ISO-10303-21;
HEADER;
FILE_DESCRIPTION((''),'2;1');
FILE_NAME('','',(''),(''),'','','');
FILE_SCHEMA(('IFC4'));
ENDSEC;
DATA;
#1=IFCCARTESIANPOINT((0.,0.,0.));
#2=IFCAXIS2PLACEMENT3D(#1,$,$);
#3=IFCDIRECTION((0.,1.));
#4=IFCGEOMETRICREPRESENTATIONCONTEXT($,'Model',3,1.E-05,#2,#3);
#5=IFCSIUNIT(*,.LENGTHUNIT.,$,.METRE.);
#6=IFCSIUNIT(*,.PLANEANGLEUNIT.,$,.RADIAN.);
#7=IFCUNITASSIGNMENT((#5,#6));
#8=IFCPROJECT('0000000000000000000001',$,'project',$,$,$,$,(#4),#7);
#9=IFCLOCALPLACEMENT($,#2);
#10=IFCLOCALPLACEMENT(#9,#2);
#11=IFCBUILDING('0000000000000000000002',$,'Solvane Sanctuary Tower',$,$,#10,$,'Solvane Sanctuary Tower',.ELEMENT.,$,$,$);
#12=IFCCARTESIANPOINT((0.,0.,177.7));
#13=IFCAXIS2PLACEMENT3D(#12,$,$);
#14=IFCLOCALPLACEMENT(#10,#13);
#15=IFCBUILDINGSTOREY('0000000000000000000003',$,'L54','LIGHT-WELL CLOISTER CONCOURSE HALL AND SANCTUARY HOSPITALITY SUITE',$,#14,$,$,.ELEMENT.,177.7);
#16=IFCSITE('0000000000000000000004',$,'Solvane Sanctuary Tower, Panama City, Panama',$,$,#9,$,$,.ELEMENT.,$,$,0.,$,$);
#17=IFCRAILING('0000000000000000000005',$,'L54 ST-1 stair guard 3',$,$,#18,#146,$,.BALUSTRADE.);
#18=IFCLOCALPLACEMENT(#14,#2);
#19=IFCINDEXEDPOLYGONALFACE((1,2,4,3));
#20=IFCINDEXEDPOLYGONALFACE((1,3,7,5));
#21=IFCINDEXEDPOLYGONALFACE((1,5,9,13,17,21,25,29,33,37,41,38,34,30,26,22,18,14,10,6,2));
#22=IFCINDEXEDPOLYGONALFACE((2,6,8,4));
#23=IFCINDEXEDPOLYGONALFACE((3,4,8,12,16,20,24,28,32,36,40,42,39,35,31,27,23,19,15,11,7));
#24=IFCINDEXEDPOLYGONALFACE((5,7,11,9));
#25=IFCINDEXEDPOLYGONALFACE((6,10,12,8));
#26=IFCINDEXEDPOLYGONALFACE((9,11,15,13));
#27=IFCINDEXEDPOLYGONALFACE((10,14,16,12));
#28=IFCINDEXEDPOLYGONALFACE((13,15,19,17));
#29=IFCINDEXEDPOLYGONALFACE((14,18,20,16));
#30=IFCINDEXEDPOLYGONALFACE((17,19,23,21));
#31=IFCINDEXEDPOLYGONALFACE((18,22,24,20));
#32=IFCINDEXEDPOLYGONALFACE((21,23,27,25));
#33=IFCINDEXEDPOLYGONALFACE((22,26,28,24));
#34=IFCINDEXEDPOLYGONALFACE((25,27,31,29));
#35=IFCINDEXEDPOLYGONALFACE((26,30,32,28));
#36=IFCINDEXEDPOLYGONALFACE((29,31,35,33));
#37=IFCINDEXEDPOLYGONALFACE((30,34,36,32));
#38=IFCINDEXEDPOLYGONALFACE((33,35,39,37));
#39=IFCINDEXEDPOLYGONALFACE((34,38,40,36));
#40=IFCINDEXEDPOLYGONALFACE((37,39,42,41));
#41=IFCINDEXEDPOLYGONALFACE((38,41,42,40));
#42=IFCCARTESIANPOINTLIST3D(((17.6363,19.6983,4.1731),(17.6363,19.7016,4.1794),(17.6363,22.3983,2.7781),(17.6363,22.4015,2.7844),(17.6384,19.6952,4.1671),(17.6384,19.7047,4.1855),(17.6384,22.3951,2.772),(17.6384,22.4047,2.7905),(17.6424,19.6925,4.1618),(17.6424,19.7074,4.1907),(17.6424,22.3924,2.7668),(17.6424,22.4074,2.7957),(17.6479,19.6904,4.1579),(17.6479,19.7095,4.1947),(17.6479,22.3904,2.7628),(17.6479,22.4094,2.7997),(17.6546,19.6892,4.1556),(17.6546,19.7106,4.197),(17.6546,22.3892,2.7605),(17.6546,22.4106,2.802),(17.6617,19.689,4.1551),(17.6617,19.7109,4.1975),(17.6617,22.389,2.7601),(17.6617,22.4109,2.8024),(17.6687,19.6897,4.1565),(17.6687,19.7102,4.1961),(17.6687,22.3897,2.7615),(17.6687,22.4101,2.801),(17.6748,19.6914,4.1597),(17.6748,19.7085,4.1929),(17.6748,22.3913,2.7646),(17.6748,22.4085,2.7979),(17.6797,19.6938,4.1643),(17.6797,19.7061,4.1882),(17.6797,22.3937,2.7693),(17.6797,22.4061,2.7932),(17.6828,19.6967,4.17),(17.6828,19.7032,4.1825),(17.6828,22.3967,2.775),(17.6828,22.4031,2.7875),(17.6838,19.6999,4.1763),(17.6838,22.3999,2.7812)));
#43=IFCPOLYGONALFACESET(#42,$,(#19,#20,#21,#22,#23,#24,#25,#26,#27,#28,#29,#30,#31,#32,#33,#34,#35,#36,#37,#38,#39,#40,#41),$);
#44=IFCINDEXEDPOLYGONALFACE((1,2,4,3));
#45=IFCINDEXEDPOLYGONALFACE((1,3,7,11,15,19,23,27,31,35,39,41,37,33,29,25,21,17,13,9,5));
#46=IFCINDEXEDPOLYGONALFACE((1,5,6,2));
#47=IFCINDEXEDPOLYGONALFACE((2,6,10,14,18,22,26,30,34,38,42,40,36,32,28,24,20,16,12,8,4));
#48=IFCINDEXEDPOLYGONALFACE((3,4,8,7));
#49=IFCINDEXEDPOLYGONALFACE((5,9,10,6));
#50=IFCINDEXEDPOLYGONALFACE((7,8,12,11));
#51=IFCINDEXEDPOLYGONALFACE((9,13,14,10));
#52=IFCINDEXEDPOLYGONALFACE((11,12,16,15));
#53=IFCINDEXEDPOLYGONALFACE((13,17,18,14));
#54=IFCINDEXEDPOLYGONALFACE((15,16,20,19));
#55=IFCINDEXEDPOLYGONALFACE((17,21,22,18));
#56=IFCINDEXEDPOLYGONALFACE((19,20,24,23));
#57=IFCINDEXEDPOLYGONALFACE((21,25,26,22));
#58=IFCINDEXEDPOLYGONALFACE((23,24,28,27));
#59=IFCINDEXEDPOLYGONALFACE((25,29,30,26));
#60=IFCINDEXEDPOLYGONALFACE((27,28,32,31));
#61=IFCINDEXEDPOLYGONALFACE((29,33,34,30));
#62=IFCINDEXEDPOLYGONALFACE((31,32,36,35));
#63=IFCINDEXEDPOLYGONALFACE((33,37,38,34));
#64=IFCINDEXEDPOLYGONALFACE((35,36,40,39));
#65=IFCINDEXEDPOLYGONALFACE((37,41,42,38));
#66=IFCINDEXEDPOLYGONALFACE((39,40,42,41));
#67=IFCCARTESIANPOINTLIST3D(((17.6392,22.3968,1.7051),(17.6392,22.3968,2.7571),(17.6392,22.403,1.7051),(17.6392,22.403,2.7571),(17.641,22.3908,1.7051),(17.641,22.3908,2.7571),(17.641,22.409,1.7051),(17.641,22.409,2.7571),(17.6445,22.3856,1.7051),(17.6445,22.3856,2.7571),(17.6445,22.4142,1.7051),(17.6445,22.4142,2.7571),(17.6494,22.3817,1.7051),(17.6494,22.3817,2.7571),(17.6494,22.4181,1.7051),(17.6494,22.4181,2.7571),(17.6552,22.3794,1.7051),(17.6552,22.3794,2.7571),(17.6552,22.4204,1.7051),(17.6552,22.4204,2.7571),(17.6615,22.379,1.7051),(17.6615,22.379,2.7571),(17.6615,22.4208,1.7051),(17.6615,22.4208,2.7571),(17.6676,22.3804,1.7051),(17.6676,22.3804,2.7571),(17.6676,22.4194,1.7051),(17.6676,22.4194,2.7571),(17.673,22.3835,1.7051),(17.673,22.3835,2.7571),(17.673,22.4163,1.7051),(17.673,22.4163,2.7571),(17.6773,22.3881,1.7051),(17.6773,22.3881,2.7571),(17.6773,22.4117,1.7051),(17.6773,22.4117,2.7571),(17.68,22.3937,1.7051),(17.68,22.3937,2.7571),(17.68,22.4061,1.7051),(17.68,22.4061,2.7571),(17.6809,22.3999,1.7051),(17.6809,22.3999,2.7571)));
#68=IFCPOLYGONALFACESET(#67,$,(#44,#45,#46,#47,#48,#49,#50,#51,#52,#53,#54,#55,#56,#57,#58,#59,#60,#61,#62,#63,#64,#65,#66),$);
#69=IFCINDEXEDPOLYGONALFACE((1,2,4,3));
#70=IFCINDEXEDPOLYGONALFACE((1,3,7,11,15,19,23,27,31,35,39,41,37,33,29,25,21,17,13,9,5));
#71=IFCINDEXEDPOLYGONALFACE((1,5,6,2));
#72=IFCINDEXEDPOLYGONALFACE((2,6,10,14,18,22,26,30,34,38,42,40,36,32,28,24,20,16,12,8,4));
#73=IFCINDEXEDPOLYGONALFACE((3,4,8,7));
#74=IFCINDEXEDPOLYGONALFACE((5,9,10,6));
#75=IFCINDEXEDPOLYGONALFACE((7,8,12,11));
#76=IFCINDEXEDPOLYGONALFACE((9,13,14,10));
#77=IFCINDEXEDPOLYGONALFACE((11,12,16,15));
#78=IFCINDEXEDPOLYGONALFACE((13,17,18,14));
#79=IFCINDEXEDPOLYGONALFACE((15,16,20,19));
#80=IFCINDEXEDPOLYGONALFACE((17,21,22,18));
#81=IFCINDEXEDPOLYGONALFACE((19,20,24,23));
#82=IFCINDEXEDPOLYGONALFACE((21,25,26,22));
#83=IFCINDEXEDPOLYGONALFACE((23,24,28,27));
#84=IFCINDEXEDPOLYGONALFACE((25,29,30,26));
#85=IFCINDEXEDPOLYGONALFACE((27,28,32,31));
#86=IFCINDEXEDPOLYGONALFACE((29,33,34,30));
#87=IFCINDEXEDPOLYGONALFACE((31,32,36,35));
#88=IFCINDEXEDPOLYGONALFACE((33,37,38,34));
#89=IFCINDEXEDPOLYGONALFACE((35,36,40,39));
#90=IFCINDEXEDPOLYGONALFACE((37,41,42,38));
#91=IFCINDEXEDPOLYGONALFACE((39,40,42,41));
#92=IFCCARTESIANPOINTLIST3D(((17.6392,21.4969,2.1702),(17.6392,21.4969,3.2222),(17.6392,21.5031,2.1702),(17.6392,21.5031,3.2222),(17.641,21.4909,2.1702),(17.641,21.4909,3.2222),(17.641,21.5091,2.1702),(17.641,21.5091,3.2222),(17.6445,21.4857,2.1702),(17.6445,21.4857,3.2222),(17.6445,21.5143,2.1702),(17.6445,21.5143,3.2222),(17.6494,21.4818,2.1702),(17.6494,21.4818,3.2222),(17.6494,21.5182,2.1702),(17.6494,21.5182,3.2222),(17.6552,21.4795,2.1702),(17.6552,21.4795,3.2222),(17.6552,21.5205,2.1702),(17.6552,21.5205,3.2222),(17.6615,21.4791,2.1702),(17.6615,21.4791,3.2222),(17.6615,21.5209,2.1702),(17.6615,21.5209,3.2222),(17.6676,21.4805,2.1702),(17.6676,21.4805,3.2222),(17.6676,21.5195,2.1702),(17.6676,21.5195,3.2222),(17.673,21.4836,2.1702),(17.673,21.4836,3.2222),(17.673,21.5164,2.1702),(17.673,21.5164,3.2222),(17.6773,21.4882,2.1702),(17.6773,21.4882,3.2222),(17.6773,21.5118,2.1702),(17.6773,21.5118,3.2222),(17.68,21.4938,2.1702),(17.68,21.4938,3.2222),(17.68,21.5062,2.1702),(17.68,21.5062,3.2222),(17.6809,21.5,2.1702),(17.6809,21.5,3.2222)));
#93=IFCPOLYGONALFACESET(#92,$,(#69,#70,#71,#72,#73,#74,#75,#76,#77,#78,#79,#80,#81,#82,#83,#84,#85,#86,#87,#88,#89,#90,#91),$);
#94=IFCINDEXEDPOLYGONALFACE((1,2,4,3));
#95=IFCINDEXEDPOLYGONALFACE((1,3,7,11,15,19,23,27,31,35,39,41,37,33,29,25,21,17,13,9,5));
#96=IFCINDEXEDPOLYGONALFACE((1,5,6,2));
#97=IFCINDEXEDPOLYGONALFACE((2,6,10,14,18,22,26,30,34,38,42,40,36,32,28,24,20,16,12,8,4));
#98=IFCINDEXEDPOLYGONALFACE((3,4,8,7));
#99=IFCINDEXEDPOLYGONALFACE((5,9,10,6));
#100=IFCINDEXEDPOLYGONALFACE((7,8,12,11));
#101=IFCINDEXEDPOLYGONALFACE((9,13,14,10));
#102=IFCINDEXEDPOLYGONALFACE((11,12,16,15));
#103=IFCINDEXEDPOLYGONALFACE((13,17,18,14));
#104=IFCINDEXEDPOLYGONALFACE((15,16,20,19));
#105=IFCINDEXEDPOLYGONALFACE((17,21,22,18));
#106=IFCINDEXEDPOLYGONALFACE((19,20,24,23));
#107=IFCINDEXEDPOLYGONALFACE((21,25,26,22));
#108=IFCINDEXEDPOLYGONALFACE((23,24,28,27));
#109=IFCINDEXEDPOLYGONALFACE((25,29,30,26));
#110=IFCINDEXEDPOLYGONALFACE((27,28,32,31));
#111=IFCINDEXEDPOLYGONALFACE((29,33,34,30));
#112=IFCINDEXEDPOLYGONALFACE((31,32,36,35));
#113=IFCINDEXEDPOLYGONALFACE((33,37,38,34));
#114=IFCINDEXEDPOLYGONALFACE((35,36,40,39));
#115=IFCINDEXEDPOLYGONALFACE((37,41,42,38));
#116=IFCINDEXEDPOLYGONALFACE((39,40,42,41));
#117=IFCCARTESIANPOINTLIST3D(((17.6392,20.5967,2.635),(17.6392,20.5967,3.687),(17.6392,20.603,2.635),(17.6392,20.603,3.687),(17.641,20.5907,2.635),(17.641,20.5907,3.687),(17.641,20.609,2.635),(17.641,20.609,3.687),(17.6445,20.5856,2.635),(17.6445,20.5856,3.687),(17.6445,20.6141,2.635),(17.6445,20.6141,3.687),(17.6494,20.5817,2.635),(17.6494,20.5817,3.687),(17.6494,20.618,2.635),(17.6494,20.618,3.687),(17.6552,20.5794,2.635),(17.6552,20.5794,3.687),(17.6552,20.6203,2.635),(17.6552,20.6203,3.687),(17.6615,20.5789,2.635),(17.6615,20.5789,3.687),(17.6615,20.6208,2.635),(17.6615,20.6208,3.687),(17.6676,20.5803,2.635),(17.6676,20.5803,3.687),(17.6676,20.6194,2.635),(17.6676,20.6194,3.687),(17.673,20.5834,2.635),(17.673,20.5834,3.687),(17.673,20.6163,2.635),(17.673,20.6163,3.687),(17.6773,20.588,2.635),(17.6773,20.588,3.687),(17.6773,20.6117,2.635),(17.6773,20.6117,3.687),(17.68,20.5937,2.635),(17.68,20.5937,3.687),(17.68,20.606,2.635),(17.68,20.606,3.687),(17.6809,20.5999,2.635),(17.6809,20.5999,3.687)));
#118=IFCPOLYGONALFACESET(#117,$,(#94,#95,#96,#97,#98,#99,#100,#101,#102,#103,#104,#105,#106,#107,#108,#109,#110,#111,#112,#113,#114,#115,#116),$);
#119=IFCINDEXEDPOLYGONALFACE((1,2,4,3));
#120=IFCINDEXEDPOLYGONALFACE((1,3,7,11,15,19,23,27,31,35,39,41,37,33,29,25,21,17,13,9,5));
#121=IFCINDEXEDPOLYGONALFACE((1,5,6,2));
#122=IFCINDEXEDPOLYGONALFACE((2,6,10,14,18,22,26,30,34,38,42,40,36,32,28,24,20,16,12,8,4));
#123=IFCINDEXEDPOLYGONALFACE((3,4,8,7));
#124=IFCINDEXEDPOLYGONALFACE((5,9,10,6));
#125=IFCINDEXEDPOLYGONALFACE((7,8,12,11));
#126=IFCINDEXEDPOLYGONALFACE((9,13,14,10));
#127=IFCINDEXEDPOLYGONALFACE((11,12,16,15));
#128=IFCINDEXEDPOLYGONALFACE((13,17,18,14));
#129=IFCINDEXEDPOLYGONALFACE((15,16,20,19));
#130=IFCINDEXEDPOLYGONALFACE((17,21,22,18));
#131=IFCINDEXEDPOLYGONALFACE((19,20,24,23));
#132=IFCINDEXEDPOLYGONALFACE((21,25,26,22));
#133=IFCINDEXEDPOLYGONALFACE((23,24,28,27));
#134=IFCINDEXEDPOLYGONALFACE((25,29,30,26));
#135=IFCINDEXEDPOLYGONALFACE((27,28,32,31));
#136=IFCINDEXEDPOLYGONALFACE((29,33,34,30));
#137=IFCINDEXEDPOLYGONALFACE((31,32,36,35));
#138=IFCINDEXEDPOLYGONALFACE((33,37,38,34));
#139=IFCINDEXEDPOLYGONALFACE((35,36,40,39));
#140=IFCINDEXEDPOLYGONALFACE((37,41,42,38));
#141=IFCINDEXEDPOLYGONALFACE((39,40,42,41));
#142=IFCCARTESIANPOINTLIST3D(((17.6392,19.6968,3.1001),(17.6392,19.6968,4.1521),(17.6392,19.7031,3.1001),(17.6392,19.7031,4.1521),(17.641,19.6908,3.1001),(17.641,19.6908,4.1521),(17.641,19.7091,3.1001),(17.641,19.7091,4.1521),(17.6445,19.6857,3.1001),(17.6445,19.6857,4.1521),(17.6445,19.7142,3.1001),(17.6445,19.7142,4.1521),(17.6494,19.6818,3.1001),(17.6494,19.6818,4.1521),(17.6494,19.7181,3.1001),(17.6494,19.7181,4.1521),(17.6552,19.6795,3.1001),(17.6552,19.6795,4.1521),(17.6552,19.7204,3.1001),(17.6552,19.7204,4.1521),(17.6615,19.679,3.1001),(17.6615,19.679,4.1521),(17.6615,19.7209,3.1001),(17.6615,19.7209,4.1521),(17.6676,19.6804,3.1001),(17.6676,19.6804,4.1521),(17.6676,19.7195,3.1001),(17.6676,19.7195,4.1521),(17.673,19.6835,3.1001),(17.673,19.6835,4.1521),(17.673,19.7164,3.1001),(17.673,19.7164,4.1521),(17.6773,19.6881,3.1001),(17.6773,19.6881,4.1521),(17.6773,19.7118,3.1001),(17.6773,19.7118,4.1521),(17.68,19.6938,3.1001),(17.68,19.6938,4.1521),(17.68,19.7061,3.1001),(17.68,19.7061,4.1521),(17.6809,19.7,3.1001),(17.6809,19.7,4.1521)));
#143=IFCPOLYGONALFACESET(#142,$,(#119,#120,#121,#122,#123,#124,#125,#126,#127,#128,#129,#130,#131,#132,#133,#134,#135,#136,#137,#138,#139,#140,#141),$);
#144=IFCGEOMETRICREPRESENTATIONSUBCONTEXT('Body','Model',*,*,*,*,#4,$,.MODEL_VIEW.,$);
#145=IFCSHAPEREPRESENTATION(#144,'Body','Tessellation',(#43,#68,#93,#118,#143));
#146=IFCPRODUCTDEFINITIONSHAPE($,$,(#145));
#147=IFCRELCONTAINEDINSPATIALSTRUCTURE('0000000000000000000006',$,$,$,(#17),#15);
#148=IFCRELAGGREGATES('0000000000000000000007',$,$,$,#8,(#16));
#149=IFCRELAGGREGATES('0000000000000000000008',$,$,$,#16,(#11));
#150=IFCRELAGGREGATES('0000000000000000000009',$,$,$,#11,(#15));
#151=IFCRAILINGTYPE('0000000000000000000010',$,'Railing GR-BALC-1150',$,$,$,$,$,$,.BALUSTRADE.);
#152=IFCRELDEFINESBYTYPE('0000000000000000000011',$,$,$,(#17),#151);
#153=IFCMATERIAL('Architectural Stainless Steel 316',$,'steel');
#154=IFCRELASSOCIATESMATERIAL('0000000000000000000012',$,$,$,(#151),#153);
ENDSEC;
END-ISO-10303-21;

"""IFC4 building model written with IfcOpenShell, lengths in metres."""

from ifc_helpers import new_model, si_unit, direction, frame, origin, origin_2d, place, context, subcontext, project, spatial, circle, extrude, material, type_object, element, save


model = new_model("IFC4")

# Units and contexts
model_context = context("Model", 3, precision=1e-05, world=origin(), true_north=direction((0.0, 1.0)))
body_context = subcontext(model_context, "Body", "Model", "MODEL_VIEW")
ifc_project = project(units=[si_unit("LENGTHUNIT", "METRE"), si_unit("PLANEANGLEUNIT", "RADIAN")], contexts=[model_context])

# Site, building, storey
site_placement = place(None, origin())
site = spatial("IfcSite", under=ifc_project, at=site_placement, Name="Solvane Sanctuary Tower, Panama City, Panama", CompositionType="ELEMENT", RefElevation=0.0)
building_placement = place(site_placement, origin())
building = spatial("IfcBuilding", under=site, at=building_placement, Name="Solvane Sanctuary Tower", LongName="Solvane Sanctuary Tower", CompositionType="ELEMENT")
storey_placement = place(building_placement, frame((0.0, 0.0, 177.7)))
storey = spatial("IfcBuildingStorey", under=building, at=storey_placement, Name="L54", Description="LIGHT-WELL CLOISTER CONCOURSE HALL AND SANCTUARY HOSPITALITY SUITE", CompositionType="ELEMENT", Elevation=177.7)

# Shared definitions
ifc_material_1 = material(Name="Architectural Stainless Steel 316", Category="steel")

# Railing
railing_type_1 = type_object("IfcRailingType", Name="Railing GR-BALC-1150", PredefinedType="BALUSTRADE", material=ifc_material_1)
railing_1_placement = place(storey_placement, frame((17.6599, 22.3999, 1.7051)))
element("IfcRailing", 1, at=railing_1_placement, inside=storey, type_object=railing_type_1, Name="L54 ST-1 stair guard 3", PredefinedType="BALUSTRADE", context=body_context, shape_type="SweptSolid", body=[
    extrude(circle(Radius=0.0239, at=origin_2d()), frame((0.0, 0.0, 1.0762), z_axis=(0.0, -0.88842, 0.459032), x_axis=(1.0, 0.0, 0.0)), (0.0, 0.0, 1.0), 3.0391),
    extrude(circle(Radius=0.021, at=origin_2d()), origin(), (0.0, 0.0, 1.0), 1.052),
    extrude(circle(Radius=0.021, at=origin_2d()), frame((0.0, -0.8999, 0.4651)), (0.0, 0.0, 1.0), 1.052),
    extrude(circle(Radius=0.021, at=origin_2d()), frame((0.0, -1.8, 0.9299)), (0.0, 0.0, 1.0), 1.052),
    extrude(circle(Radius=0.021, at=origin_2d()), frame((0.0, -2.7, 1.395)), (0.0, 0.0, 1.0), 1.052),
])

save(model, "model.ifc")
